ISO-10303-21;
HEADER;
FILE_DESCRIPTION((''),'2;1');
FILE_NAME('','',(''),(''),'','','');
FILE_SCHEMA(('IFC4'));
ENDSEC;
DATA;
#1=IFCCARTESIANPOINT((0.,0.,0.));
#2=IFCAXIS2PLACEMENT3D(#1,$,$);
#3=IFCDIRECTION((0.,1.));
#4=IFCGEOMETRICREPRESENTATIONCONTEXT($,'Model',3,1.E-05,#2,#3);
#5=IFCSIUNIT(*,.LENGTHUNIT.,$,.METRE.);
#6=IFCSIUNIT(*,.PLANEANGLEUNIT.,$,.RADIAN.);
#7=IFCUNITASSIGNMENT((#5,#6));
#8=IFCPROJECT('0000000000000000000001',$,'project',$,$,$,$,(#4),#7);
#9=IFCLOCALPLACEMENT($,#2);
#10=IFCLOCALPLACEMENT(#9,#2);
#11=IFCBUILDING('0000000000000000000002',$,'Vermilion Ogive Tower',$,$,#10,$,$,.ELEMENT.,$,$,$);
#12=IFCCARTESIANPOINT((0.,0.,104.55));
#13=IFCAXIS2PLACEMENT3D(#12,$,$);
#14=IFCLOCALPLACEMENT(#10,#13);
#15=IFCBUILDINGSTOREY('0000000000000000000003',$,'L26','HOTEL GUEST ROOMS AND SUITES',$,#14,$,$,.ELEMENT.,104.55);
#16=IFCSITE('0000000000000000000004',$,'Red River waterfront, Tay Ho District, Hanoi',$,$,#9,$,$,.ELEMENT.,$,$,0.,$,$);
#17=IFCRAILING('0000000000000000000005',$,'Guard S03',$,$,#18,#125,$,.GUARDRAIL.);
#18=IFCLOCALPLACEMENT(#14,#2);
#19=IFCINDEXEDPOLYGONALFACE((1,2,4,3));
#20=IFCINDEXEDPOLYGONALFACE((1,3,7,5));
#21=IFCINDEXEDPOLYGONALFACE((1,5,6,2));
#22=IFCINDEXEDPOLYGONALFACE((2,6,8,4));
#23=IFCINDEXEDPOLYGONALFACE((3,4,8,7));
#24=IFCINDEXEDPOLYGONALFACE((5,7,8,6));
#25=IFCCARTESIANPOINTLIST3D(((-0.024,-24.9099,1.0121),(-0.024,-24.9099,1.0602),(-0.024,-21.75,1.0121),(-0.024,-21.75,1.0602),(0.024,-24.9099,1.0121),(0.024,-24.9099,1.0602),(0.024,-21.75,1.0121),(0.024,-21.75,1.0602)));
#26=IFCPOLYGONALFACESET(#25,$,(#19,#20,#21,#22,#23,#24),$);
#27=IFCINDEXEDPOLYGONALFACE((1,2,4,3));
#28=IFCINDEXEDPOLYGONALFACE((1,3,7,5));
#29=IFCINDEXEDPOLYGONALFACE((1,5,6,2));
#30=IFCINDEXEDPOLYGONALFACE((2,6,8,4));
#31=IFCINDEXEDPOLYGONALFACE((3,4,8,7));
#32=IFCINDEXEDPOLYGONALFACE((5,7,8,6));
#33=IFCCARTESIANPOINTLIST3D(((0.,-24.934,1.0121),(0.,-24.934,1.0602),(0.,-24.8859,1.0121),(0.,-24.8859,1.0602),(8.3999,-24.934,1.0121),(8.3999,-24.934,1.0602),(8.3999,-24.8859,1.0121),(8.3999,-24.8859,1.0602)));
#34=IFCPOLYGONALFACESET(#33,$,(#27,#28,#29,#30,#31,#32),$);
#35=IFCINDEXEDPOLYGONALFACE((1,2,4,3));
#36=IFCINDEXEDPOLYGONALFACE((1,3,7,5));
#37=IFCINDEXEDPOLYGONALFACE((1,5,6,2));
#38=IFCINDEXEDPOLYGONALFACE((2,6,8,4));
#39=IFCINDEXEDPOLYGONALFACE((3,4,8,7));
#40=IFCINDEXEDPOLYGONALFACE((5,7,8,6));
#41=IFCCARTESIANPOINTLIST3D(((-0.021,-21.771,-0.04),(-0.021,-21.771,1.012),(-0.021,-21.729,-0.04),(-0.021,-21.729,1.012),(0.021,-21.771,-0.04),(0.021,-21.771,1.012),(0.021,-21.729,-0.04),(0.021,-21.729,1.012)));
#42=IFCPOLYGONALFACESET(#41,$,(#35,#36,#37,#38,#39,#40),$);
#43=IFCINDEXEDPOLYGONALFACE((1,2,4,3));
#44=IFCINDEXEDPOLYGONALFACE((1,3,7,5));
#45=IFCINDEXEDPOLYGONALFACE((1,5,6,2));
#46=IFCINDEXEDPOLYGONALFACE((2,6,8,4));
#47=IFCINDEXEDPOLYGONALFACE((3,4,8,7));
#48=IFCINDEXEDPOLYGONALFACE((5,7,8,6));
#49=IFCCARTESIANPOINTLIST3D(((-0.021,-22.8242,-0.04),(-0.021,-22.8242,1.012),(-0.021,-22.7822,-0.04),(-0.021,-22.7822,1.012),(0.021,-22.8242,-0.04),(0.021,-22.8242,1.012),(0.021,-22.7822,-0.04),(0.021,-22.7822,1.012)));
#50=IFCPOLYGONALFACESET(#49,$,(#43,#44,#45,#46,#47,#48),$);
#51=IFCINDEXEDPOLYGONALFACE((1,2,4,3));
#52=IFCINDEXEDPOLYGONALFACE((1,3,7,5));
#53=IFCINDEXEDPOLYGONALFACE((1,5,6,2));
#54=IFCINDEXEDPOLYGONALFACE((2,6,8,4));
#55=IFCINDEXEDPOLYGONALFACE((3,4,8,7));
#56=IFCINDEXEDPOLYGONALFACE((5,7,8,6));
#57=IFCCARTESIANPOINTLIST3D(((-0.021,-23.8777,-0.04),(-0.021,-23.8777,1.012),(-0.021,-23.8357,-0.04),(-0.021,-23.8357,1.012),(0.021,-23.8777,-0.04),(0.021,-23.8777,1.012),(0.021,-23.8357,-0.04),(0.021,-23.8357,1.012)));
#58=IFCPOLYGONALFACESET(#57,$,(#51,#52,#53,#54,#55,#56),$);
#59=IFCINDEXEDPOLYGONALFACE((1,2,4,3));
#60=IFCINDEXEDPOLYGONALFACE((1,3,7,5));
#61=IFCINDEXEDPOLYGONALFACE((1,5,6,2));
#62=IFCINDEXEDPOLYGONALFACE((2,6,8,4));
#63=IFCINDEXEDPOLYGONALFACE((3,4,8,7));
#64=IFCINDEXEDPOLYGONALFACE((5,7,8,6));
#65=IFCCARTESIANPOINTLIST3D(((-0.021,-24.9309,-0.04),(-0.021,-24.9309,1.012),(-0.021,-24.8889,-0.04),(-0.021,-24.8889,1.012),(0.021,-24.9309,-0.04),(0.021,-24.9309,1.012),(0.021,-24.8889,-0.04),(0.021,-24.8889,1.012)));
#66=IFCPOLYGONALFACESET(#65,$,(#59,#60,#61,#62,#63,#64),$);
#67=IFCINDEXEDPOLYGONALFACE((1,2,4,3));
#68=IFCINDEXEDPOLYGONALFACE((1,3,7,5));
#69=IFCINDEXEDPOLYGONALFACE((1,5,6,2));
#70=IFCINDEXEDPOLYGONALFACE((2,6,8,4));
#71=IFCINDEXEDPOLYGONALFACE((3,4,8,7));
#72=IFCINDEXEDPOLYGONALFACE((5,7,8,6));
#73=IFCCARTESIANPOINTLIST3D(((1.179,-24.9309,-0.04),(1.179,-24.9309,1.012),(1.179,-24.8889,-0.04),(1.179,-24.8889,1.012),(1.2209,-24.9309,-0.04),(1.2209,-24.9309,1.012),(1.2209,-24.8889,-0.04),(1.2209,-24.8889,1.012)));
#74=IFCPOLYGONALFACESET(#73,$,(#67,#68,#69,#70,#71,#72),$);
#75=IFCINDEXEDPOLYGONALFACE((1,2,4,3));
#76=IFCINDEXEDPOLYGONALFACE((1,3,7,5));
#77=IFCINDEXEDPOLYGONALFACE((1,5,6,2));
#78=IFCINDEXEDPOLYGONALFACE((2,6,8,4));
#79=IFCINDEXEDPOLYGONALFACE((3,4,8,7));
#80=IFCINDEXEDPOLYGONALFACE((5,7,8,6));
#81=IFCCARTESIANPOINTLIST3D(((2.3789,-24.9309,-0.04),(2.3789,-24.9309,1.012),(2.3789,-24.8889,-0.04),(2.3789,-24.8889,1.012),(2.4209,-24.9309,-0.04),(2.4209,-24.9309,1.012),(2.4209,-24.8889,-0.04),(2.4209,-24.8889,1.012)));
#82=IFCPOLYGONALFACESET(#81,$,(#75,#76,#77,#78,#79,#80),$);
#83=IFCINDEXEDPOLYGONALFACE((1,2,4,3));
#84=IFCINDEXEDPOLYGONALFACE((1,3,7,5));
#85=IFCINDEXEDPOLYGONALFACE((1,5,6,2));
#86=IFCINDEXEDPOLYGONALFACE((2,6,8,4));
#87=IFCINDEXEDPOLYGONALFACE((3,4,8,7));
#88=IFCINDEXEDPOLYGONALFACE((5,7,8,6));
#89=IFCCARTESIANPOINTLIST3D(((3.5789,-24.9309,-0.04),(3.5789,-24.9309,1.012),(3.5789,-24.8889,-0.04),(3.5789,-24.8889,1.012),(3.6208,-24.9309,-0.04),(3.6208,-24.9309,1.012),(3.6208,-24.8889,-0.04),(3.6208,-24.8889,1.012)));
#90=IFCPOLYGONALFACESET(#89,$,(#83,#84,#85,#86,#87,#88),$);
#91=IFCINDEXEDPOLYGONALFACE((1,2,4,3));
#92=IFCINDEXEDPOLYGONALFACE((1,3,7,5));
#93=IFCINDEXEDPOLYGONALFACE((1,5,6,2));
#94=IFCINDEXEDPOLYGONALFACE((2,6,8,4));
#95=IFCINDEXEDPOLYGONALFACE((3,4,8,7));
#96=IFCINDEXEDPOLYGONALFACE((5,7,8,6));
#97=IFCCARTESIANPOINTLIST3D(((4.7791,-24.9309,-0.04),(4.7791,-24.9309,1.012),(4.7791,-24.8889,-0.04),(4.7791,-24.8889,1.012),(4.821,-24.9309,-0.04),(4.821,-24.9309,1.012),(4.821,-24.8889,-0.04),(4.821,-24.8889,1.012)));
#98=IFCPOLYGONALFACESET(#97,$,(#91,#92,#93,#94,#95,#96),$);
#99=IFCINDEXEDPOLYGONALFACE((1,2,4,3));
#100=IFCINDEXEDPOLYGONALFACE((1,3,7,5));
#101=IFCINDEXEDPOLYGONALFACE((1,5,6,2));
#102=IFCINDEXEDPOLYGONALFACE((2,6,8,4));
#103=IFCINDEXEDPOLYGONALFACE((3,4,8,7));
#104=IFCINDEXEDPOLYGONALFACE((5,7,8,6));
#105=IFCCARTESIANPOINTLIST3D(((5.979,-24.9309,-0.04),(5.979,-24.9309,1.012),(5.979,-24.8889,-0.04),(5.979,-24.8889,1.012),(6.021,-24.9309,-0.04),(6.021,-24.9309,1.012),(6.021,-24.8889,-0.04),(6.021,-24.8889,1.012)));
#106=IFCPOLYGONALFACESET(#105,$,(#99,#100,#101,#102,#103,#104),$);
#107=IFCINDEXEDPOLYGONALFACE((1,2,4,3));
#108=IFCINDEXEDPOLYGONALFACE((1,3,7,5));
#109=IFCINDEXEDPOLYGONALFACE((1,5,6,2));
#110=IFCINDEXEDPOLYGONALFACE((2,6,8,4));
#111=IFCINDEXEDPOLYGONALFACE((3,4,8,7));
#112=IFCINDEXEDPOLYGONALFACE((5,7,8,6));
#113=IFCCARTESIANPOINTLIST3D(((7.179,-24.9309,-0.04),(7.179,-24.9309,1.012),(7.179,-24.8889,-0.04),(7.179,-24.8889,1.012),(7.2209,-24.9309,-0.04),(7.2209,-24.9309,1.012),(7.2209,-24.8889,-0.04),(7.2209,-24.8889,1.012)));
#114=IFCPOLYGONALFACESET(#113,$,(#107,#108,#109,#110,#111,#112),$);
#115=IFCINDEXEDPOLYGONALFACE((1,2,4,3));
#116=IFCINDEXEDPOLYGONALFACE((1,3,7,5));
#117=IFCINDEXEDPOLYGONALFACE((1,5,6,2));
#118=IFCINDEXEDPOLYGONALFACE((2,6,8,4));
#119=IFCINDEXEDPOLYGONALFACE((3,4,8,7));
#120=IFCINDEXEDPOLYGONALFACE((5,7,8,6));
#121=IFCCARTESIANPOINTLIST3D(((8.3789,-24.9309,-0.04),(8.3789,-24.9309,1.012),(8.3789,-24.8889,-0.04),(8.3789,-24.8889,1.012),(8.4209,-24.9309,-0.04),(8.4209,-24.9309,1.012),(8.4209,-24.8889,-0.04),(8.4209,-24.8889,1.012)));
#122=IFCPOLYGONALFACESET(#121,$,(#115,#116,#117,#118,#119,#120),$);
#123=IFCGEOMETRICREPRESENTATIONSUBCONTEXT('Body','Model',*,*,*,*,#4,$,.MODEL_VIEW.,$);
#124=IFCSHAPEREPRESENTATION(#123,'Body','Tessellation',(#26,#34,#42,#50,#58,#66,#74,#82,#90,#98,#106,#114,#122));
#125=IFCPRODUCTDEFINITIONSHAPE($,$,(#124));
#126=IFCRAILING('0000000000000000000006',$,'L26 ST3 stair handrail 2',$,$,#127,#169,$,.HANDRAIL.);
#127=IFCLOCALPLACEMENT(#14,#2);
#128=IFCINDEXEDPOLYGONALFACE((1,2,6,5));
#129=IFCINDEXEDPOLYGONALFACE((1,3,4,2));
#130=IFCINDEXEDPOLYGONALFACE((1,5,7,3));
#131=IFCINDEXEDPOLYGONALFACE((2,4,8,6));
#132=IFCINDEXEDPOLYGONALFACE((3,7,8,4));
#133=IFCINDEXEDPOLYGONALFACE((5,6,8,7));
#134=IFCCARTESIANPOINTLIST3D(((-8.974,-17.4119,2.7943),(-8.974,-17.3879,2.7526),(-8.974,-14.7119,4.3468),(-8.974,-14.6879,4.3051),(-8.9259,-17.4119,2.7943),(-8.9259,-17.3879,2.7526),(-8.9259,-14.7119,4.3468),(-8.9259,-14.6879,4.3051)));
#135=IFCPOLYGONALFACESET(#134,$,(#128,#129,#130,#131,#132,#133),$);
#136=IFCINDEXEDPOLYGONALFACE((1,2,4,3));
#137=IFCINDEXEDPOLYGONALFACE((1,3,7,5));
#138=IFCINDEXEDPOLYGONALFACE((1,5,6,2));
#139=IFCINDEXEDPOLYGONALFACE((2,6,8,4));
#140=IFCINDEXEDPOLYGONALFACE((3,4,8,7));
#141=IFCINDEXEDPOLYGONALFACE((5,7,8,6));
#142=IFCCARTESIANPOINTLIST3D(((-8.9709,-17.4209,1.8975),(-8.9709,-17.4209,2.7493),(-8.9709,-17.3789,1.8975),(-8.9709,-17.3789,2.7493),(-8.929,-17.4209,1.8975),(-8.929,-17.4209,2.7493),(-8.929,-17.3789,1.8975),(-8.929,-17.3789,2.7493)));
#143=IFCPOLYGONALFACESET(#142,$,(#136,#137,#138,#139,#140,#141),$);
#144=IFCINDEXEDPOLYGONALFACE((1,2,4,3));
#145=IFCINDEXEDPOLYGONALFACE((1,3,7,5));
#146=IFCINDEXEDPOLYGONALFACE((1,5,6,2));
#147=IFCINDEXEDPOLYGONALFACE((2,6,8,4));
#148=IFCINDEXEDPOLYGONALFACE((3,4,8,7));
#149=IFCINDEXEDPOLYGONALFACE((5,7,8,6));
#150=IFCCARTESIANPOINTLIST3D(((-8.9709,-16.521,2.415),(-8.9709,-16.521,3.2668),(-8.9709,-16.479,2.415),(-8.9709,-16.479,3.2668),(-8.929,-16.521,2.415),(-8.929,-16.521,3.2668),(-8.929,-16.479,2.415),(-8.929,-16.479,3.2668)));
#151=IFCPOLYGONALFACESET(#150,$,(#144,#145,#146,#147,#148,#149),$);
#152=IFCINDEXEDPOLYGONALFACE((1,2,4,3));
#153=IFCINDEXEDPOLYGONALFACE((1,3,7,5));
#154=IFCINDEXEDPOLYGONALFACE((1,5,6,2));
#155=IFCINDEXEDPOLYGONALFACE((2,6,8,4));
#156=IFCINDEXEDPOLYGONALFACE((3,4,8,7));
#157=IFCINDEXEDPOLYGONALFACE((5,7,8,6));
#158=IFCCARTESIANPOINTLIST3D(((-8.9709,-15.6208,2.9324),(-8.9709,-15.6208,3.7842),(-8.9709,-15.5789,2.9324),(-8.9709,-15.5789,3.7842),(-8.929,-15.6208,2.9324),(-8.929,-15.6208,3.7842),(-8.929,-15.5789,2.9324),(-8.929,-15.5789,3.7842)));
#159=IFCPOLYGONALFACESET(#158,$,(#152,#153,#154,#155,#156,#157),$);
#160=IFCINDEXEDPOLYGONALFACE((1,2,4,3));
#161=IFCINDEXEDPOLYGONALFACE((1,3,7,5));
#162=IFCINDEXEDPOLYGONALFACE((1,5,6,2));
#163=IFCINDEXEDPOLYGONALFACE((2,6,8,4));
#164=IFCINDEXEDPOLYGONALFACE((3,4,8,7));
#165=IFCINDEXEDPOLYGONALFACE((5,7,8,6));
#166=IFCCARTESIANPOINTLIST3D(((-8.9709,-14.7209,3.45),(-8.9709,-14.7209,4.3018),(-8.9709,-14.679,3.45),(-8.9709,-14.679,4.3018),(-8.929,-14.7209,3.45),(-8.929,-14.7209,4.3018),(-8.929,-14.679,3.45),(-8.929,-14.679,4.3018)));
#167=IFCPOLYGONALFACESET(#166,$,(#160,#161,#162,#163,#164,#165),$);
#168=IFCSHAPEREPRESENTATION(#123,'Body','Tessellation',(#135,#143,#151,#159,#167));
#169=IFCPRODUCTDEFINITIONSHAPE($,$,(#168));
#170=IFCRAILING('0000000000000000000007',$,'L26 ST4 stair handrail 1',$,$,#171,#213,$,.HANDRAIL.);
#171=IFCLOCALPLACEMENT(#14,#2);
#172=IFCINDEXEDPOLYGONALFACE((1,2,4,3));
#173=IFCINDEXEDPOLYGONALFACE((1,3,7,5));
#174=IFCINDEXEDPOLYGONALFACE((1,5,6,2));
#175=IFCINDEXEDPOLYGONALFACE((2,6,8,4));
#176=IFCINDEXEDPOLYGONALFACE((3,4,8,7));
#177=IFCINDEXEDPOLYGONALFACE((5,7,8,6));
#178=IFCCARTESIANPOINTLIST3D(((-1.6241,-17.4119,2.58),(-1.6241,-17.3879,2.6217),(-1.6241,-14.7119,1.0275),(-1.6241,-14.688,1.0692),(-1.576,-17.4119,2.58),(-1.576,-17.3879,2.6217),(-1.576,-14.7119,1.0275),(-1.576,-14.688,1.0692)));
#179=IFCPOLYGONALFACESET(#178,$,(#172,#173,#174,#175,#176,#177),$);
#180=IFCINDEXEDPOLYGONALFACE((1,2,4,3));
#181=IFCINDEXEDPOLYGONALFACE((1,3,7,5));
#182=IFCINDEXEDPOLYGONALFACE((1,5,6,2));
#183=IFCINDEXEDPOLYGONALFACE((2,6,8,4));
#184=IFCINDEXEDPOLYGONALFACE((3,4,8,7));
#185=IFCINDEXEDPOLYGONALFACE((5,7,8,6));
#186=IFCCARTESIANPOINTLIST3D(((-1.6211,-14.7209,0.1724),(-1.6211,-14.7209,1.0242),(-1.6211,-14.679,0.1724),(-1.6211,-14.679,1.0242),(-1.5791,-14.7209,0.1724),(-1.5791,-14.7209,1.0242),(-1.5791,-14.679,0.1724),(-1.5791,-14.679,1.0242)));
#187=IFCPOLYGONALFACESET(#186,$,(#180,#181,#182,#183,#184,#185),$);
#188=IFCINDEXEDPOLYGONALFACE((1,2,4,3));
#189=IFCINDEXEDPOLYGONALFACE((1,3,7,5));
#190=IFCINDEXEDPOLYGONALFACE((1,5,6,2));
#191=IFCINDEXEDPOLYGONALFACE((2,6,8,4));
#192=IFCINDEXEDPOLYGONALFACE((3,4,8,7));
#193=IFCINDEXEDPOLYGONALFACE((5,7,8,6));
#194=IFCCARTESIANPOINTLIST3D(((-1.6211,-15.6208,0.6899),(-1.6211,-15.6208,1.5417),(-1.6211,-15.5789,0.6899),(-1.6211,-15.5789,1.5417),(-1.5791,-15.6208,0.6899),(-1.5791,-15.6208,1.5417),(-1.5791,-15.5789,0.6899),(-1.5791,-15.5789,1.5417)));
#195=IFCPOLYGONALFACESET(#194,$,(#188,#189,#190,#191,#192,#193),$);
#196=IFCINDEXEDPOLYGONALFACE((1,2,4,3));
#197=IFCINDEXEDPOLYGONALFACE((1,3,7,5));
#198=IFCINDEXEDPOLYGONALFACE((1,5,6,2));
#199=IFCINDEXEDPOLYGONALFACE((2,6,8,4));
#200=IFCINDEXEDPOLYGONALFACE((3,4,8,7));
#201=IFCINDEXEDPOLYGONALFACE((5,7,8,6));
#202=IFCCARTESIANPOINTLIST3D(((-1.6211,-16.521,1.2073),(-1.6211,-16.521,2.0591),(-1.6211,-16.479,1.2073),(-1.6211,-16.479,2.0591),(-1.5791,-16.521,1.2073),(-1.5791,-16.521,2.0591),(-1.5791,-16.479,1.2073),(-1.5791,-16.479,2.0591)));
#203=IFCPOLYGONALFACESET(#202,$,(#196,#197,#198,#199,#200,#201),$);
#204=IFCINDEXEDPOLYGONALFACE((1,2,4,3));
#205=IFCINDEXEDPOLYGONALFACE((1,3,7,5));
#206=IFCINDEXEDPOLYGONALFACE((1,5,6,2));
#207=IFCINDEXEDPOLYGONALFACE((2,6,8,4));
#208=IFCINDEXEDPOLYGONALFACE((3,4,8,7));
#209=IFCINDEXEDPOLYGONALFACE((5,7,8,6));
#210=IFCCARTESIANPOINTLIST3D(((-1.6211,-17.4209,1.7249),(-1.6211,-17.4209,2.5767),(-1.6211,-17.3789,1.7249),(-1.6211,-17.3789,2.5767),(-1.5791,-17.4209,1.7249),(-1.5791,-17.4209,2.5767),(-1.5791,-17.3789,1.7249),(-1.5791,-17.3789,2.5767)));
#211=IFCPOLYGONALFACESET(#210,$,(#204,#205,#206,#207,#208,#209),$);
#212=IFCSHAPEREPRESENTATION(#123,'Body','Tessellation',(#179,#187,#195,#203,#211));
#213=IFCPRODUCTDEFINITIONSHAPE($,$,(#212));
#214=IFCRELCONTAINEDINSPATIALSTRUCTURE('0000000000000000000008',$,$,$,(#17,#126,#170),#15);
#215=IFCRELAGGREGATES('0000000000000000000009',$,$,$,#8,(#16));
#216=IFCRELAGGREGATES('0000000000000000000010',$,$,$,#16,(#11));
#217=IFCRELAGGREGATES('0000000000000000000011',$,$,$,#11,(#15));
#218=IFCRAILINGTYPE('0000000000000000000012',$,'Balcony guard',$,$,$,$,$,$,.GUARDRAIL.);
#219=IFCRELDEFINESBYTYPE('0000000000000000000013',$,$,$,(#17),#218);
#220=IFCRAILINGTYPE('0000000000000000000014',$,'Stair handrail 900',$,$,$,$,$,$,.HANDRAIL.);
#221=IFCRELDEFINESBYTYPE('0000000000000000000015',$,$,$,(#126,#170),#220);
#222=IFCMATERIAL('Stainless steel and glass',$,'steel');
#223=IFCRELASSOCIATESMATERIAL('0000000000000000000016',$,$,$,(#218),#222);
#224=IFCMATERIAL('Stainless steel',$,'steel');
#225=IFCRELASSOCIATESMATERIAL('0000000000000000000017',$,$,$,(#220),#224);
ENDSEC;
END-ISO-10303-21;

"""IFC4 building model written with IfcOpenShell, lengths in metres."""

from ifc_helpers import new_model, si_unit, direction, frame, origin, origin_2d, place, context, subcontext, project, spatial, rectangle, extrude, material, type_object, element, save


model = new_model("IFC4")

# Units and contexts
model_context = context("Model", 3, precision=1e-05, world=origin(), true_north=direction((0.0, 1.0)))
body_context = subcontext(model_context, "Body", "Model", "MODEL_VIEW")
ifc_project = project(units=[si_unit("LENGTHUNIT", "METRE"), si_unit("PLANEANGLEUNIT", "RADIAN")], contexts=[model_context])

# Site, building, storey
site_placement = place(None, origin())
site = spatial("IfcSite", under=ifc_project, at=site_placement, Name="Red River waterfront, Tay Ho District, Hanoi", CompositionType="ELEMENT", RefElevation=0.0)
building_placement = place(site_placement, origin())
building = spatial("IfcBuilding", under=site, at=building_placement, Name="Vermilion Ogive Tower", CompositionType="ELEMENT")
storey_placement = place(building_placement, frame((0.0, 0.0, 104.55)))
storey = spatial("IfcBuildingStorey", under=building, at=storey_placement, Name="L26", Description="HOTEL GUEST ROOMS AND SUITES", CompositionType="ELEMENT", Elevation=104.55)

# Railings
ifc_material_1 = material(Name="Stainless steel and glass", Category="steel")
railing_type_1 = type_object("IfcRailingType", Name="Balcony guard", PredefinedType="GUARDRAIL", material=ifc_material_1)
railing_1_placement = place(storey_placement, frame((0.0, -21.75, -0.04)))
element("IfcRailing", 1, at=railing_1_placement, inside=storey, type_object=railing_type_1, Name="Guard S03", PredefinedType="GUARDRAIL", context=body_context, shape_type="SweptSolid", body=[
    extrude(rectangle(XDim=0.0481, YDim=0.0481, at=origin_2d()), frame((0.0, 0.0, 1.0762), z_axis=(0.0, -1.0, 0.0), x_axis=(1.0, 0.0, 0.0)), (0.0, 0.0, 1.0), 3.1599),
    extrude(rectangle(XDim=0.0481, YDim=0.0481, at=origin_2d()), frame((0.0, -3.1599, 1.0762), z_axis=(1.0, 0.0, 0.0), x_axis=(0.0, 1.0, 0.0)), (0.0, 0.0, 1.0), 8.3999),
    extrude(rectangle(XDim=0.042, YDim=0.042, at=origin_2d()), origin(), (0.0, 0.0, 1.0), 1.052),
    extrude(rectangle(XDim=0.042, YDim=0.042, at=origin_2d()), frame((0.0, -1.0532, 0.0)), (0.0, 0.0, 1.0), 1.052),
    extrude(rectangle(XDim=0.042, YDim=0.042, at=origin_2d()), frame((0.0, -2.1067, 0.0)), (0.0, 0.0, 1.0), 1.052),
    extrude(rectangle(XDim=0.042, YDim=0.042, at=origin_2d()), frame((0.0, -3.1599, 0.0)), (0.0, 0.0, 1.0), 1.052),
    extrude(rectangle(XDim=0.042, YDim=0.042, at=origin_2d()), frame((1.2, -3.1599, 0.0)), (0.0, 0.0, 1.0), 1.052),
    extrude(rectangle(XDim=0.042, YDim=0.042, at=origin_2d()), frame((2.3999, -3.1599, 0.0)), (0.0, 0.0, 1.0), 1.052),
    extrude(rectangle(XDim=0.042, YDim=0.042, at=origin_2d()), frame((3.5999, -3.1599, 0.0)), (0.0, 0.0, 1.0), 1.052),
    extrude(rectangle(XDim=0.042, YDim=0.042, at=origin_2d()), frame((4.8, -3.1599, 0.0)), (0.0, 0.0, 1.0), 1.052),
    extrude(rectangle(XDim=0.042, YDim=0.042, at=origin_2d()), frame((6.0, -3.1599, 0.0)), (0.0, 0.0, 1.0), 1.052),
    extrude(rectangle(XDim=0.042, YDim=0.042, at=origin_2d()), frame((7.2, -3.1599, 0.0)), (0.0, 0.0, 1.0), 1.052),
    extrude(rectangle(XDim=0.042, YDim=0.042, at=origin_2d()), frame((8.3999, -3.1599, 0.0)), (0.0, 0.0, 1.0), 1.052),
])
ifc_material_2 = material(Name="Stainless steel", Category="steel")
railing_type_2 = type_object("IfcRailingType", Name="Stair handrail 900", PredefinedType="HANDRAIL", material=ifc_material_2)
railing_2_placement = place(storey_placement, frame((-8.95, -17.3999, 1.8975)))
element("IfcRailing", 2, at=railing_2_placement, inside=storey, type_object=railing_type_2, Name="L26 ST3 stair handrail 2", PredefinedType="HANDRAIL", context=body_context, shape_type="SweptSolid", body=[
    extrude(rectangle(XDim=0.0481, YDim=0.0481, at=origin_2d()), frame((0.0, 0.0, 0.876), z_axis=(0.0, 0.866904, 0.498476), x_axis=(-1.0, 0.0, 0.0)), (0.0, 0.0, 1.0), 3.1145),
    extrude(rectangle(XDim=0.042, YDim=0.042, at=origin_2d()), origin(), (0.0, 0.0, 1.0), 0.8518),
    extrude(rectangle(XDim=0.042, YDim=0.042, at=origin_2d()), frame((0.0, 0.8999, 0.5176)), (0.0, 0.0, 1.0), 0.8518),
    extrude(rectangle(XDim=0.042, YDim=0.042, at=origin_2d()), frame((0.0, 1.8, 1.0349)), (0.0, 0.0, 1.0), 0.8518),
    extrude(rectangle(XDim=0.042, YDim=0.042, at=origin_2d()), frame((0.0, 2.7, 1.5525)), (0.0, 0.0, 1.0), 0.8518),
])
railing_3_placement = place(storey_placement, frame((-1.6001, -14.7, 0.1724)))
element("IfcRailing", 3, at=railing_3_placement, inside=storey, type_object=railing_type_2, Name="L26 ST4 stair handrail 1", PredefinedType="HANDRAIL", context=body_context, shape_type="SweptSolid", body=[
    extrude(rectangle(XDim=0.0481, YDim=0.0481, at=origin_2d()), frame((0.0, 0.0, 0.876), z_axis=(0.0, -0.866904, 0.498476), x_axis=(1.0, 0.0, 0.0)), (0.0, 0.0, 1.0), 3.1145),
    extrude(rectangle(XDim=0.042, YDim=0.042, at=origin_2d()), origin(), (0.0, 0.0, 1.0), 0.8518),
    extrude(rectangle(XDim=0.042, YDim=0.042, at=origin_2d()), frame((0.0, -0.8999, 0.5176)), (0.0, 0.0, 1.0), 0.8518),
    extrude(rectangle(XDim=0.042, YDim=0.042, at=origin_2d()), frame((0.0, -1.8, 1.0349)), (0.0, 0.0, 1.0), 0.8518),
    extrude(rectangle(XDim=0.042, YDim=0.042, at=origin_2d()), frame((0.0, -2.7, 1.5525)), (0.0, 0.0, 1.0), 0.8518),
])

save(model, "model.ifc")
